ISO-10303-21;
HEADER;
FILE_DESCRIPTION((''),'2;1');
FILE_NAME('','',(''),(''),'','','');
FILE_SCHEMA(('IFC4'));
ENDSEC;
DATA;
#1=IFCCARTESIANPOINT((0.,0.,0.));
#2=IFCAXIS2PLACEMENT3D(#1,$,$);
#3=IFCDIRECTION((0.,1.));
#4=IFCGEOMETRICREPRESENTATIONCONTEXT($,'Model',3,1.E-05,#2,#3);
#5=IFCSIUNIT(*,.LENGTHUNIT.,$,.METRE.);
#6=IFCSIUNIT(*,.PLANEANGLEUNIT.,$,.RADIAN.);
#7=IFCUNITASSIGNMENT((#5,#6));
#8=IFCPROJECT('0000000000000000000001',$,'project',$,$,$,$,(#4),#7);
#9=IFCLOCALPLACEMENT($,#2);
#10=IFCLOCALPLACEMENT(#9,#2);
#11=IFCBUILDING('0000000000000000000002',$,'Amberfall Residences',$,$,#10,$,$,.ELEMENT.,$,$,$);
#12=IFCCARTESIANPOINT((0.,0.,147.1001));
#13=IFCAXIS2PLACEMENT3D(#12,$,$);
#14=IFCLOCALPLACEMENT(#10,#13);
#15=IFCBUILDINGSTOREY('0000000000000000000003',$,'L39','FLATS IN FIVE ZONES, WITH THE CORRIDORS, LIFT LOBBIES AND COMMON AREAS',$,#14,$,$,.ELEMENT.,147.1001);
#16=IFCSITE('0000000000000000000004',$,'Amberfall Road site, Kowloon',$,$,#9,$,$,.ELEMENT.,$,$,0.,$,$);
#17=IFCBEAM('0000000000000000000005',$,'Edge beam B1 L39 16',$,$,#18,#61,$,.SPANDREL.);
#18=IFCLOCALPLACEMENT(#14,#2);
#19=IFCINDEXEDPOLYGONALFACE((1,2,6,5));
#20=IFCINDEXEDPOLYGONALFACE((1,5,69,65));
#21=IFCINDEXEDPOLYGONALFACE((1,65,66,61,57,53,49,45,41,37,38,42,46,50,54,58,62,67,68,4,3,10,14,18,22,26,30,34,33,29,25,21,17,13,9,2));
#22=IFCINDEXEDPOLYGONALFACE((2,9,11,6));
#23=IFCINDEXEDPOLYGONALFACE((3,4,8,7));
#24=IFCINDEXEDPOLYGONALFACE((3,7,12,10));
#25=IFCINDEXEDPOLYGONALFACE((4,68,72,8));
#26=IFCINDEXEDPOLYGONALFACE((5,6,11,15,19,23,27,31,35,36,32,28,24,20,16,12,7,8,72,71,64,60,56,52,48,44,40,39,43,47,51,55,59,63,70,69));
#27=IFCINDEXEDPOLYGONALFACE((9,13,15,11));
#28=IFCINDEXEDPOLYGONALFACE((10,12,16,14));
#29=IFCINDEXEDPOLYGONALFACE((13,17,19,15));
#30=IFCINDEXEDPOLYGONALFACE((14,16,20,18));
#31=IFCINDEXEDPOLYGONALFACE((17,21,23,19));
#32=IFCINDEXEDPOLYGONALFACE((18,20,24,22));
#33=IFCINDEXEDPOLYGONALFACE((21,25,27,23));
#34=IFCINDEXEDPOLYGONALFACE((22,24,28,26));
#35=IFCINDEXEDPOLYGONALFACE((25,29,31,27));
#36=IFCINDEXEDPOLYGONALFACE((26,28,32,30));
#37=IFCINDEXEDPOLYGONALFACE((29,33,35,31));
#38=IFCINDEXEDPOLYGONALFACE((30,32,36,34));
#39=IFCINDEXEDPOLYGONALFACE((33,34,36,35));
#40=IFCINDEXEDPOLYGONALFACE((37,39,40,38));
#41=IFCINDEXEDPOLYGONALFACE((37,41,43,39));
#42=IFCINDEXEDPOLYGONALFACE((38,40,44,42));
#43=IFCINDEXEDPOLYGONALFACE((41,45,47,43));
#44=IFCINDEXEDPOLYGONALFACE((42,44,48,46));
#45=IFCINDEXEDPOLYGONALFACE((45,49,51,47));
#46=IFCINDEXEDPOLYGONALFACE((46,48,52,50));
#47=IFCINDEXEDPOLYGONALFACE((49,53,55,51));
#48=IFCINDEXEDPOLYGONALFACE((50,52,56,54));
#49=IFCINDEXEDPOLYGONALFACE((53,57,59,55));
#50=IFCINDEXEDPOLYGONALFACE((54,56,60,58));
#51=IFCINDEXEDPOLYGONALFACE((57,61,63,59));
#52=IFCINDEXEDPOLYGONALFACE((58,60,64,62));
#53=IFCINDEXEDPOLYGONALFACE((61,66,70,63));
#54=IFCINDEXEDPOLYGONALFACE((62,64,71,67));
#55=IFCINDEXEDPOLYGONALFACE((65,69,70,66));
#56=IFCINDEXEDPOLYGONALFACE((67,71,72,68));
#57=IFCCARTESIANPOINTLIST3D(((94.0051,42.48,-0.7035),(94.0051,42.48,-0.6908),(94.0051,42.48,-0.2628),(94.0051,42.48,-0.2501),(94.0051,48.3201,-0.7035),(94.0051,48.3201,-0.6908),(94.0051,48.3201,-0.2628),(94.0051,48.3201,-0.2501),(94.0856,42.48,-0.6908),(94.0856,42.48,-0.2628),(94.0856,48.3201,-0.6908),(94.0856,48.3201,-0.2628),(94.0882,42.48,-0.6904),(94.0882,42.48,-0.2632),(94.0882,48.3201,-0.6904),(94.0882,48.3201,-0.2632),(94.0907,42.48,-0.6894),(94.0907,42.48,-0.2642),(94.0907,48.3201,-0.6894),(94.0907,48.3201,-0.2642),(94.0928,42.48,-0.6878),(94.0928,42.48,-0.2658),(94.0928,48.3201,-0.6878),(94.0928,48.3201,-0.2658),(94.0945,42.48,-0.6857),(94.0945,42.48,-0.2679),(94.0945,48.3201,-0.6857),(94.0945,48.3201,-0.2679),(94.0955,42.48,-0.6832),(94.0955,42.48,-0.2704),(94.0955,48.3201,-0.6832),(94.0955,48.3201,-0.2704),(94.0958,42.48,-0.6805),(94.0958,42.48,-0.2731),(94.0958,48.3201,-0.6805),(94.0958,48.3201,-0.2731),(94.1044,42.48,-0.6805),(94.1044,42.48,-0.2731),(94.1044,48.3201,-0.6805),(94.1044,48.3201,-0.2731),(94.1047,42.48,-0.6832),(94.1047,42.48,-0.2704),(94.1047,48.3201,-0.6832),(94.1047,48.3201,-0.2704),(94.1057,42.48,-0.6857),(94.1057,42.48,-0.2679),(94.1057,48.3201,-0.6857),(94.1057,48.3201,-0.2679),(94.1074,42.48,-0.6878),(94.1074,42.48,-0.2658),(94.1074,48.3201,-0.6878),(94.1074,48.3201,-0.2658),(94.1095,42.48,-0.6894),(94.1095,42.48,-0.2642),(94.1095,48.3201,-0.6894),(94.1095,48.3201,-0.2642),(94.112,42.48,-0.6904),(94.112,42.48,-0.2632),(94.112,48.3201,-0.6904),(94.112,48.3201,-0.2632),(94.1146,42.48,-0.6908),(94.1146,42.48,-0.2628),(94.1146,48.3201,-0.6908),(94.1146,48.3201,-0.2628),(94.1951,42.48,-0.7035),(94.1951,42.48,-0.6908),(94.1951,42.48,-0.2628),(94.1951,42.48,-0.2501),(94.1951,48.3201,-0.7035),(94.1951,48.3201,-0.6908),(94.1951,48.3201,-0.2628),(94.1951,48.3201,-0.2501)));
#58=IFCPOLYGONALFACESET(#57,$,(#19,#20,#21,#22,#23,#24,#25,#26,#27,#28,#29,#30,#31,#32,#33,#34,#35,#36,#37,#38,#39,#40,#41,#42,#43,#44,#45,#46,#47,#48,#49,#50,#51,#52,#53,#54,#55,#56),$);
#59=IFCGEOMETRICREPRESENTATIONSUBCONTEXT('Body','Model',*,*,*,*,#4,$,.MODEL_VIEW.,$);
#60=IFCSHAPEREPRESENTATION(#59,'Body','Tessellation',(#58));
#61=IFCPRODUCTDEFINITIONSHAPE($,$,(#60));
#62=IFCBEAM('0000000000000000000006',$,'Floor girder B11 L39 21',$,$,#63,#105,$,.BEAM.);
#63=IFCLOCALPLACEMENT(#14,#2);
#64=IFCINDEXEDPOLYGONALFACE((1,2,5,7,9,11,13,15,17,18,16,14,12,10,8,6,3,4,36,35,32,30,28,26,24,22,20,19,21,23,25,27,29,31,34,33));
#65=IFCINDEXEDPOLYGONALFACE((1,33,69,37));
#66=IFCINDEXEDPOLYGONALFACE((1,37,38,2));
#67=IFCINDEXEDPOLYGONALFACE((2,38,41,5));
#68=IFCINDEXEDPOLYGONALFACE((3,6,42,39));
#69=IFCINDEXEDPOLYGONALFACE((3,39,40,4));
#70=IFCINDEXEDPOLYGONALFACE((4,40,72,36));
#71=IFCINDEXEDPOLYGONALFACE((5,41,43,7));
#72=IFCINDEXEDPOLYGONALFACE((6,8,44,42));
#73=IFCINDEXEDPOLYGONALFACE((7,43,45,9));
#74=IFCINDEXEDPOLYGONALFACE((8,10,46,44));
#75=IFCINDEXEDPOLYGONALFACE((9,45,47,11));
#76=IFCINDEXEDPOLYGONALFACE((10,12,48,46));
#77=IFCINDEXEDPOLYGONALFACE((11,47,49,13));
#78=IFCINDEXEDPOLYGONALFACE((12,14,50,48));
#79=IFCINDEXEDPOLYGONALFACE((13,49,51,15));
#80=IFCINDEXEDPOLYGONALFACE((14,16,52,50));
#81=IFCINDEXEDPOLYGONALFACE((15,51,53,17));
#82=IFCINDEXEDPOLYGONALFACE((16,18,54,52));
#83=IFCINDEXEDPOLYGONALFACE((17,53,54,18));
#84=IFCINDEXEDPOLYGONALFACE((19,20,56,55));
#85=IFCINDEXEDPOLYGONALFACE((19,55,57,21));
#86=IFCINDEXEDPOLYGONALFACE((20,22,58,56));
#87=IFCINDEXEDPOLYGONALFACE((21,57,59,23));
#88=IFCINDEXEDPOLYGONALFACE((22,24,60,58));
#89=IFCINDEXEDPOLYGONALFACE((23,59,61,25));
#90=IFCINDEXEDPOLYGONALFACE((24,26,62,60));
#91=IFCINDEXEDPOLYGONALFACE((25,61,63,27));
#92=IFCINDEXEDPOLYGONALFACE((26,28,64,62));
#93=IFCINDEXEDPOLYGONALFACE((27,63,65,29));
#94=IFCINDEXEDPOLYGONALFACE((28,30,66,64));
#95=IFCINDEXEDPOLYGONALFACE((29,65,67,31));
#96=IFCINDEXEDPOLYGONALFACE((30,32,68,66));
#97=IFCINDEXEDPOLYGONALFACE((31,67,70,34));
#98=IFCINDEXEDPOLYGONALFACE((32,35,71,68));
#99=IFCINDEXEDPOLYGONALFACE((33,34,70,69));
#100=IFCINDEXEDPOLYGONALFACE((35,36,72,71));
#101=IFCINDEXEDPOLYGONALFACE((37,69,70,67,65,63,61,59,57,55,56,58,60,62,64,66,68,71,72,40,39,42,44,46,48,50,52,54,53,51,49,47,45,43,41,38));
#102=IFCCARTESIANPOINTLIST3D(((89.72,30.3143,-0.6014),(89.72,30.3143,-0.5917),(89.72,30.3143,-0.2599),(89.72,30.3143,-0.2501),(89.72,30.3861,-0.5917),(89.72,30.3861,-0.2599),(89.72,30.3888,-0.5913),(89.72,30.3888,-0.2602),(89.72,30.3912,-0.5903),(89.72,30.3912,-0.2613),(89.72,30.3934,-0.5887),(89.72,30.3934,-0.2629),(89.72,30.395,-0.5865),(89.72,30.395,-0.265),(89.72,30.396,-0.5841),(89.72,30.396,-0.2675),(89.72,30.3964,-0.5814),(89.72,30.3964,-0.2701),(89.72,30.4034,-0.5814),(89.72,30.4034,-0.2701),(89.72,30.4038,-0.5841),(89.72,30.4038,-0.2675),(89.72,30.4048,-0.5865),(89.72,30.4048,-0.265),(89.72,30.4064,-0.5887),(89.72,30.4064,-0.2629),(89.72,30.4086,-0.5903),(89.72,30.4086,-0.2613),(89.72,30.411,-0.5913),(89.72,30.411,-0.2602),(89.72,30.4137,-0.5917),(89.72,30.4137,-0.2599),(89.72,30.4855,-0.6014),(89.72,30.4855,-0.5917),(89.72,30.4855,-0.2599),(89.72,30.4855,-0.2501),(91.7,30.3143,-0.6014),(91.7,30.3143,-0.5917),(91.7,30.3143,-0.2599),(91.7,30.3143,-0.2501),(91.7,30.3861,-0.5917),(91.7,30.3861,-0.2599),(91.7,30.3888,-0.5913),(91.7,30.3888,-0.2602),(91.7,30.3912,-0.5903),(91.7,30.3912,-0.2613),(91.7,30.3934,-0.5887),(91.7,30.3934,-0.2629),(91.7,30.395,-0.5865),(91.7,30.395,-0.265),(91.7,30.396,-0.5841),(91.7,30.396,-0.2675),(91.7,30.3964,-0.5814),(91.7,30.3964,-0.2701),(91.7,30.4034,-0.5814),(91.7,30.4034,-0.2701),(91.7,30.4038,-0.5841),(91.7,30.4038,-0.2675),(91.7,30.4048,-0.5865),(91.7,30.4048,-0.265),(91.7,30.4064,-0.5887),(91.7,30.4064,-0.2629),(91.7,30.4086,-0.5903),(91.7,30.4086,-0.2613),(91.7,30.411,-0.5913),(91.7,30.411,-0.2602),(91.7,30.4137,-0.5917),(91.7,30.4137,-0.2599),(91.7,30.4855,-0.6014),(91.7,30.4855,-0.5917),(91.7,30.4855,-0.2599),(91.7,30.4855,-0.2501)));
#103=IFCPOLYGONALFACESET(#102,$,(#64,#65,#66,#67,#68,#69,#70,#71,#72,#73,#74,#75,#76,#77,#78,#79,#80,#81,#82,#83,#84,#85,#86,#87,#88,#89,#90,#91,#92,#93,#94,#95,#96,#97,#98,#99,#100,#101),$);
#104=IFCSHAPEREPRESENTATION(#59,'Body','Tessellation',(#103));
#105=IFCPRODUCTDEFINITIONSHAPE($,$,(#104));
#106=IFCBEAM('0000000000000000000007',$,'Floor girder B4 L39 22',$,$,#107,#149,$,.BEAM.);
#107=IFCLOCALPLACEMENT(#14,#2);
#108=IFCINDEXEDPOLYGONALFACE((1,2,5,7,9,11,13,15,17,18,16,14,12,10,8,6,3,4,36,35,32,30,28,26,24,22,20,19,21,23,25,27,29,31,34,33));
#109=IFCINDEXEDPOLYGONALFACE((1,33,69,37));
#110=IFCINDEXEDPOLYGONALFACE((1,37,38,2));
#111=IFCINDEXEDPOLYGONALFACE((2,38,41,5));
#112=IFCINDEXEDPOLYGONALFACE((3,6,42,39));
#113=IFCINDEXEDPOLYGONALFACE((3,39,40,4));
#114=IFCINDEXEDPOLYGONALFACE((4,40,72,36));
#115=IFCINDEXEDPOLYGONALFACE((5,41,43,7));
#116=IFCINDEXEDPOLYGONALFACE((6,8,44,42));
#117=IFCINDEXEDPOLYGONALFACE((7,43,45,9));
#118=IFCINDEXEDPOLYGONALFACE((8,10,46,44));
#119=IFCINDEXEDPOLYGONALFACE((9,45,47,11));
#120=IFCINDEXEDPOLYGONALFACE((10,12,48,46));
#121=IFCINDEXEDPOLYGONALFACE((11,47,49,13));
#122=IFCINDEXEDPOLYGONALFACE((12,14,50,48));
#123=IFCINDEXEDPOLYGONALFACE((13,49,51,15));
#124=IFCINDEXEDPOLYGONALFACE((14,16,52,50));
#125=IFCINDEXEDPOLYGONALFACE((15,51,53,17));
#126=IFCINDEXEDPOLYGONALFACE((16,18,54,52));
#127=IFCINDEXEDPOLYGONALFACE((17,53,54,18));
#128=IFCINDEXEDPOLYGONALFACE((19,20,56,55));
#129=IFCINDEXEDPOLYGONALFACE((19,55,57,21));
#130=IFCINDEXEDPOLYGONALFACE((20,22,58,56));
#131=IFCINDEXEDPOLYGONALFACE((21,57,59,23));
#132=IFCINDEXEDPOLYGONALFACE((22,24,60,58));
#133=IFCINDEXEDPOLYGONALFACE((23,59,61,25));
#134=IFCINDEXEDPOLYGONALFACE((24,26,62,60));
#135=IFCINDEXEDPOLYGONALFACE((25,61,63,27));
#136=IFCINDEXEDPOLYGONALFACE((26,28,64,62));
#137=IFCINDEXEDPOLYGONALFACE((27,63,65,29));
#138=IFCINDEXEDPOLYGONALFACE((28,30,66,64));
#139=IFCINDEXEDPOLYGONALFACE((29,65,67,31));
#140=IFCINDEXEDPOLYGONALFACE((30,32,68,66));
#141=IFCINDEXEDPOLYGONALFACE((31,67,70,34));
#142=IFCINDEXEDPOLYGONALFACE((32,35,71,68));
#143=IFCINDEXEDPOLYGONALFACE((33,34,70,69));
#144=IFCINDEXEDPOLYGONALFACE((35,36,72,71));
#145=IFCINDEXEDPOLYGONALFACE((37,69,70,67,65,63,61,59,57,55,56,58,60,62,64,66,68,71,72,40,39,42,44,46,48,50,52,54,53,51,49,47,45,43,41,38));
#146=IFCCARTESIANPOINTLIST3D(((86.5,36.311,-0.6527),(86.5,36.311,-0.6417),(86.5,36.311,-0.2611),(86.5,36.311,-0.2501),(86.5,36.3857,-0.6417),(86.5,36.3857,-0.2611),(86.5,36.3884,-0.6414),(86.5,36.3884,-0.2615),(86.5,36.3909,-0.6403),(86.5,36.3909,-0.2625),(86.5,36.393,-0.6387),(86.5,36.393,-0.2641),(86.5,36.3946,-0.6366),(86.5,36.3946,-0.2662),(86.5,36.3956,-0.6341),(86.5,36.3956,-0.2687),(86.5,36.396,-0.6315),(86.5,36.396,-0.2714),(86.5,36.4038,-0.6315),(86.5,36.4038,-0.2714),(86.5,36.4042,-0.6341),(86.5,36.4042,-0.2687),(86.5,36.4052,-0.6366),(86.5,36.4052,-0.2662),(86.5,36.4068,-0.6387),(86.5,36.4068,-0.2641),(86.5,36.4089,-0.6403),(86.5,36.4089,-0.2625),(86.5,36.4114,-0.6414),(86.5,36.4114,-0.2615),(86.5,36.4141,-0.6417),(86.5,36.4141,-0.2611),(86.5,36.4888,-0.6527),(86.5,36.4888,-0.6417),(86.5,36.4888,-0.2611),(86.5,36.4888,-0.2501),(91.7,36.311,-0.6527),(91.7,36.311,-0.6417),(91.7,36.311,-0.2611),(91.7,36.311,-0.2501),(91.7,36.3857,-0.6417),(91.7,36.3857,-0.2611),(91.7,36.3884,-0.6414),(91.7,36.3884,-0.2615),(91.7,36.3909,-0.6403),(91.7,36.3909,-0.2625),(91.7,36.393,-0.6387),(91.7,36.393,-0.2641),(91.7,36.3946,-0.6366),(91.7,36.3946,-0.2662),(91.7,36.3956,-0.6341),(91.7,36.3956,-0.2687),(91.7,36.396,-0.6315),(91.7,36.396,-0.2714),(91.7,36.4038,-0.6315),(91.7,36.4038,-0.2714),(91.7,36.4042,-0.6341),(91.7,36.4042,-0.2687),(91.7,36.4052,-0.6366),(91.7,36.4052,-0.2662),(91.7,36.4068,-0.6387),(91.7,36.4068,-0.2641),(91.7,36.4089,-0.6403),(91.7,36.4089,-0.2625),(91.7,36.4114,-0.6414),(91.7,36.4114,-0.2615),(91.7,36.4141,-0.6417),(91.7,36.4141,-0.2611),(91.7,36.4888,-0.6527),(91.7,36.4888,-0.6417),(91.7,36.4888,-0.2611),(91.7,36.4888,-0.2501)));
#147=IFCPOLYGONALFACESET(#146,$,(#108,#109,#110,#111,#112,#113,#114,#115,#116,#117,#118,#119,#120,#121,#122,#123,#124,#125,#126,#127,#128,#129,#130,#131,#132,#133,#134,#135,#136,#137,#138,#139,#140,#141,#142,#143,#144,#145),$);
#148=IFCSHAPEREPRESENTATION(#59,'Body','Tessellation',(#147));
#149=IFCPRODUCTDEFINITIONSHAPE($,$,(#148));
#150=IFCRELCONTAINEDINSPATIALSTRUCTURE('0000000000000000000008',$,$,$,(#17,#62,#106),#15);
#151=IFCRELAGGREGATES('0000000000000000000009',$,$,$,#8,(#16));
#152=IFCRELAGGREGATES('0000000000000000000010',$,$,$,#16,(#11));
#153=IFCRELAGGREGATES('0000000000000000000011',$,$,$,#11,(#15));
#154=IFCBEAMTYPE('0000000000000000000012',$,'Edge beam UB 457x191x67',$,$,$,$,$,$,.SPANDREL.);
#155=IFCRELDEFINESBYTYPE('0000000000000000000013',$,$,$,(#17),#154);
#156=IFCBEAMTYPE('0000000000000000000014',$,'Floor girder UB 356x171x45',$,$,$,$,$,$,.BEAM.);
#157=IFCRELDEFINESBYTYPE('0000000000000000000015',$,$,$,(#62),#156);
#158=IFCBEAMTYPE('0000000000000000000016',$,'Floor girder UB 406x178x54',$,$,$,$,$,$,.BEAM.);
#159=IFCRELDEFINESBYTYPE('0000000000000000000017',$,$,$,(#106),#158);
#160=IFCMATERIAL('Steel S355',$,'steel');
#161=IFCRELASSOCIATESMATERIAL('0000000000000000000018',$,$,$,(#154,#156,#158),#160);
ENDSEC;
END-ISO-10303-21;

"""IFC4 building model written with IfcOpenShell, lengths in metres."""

from ifc_helpers import new_model, si_unit, direction, frame, origin, origin_2d, place, context, subcontext, project, spatial, i_section, extrude, material, material_profile, profile_set, type_object, element, save


model = new_model("IFC4")

# Units and contexts
model_context = context("Model", 3, precision=1e-05, world=origin(), true_north=direction((0.0, 1.0)))
body_context = subcontext(model_context, "Body", "Model", "MODEL_VIEW")
ifc_project = project(units=[si_unit("LENGTHUNIT", "METRE"), si_unit("PLANEANGLEUNIT", "RADIAN")], contexts=[model_context])

# Site, building, storey
site_placement = place(None, origin())
site = spatial("IfcSite", under=ifc_project, at=site_placement, Name="Amberfall Road site, Kowloon", CompositionType="ELEMENT", RefElevation=0.0)
building_placement = place(site_placement, origin())
building = spatial("IfcBuilding", under=site, at=building_placement, Name="Amberfall Residences", CompositionType="ELEMENT")
storey_placement = place(building_placement, frame((0.0, 0.0, 147.1001)))
storey = spatial("IfcBuildingStorey", under=building, at=storey_placement, Name="L39", Description="FLATS IN FIVE ZONES, WITH THE CORRIDORS, LIFT LOBBIES AND COMMON AREAS", CompositionType="ELEMENT", Elevation=147.1001)

# Beams
ifc_material_1 = material(Name="Steel S355", Category="steel")
ifc_material_profile_1 = material_profile(ifc_material_1, i_section(OverallWidth=0.1899, OverallDepth=0.4534, WebThickness=0.0085, FlangeThickness=0.0127, FilletRadius=0.0103, at=origin_2d()), Name="UB 457x191x67")
ifc_profile_set_1 = profile_set([ifc_material_profile_1], Name="Steel S355")
beam_type_1 = type_object("IfcBeamType", Name="Edge beam UB 457x191x67", PredefinedType="SPANDREL", material=ifc_profile_set_1)
beam_1_placement = place(storey_placement, frame((94.1001, 42.48, -0.4768), z_axis=(0.0, 1.0, 0.0), x_axis=(-1.0, 0.0, 0.0)))
element("IfcBeam", 1, at=beam_1_placement, inside=storey, type_object=beam_type_1, Name="Edge beam B1 L39 16", PredefinedType="SPANDREL", context=body_context, shape_type="SweptSolid", body=[
    extrude(i_section(OverallWidth=0.1899, OverallDepth=0.4534, WebThickness=0.0085, FlangeThickness=0.0127, FilletRadius=0.0103, at=origin_2d()), origin(), (0.0, 0.0, 1.0), 5.8401),
])
ifc_material_profile_2 = material_profile(ifc_material_1, i_section(OverallWidth=0.1711, OverallDepth=0.3513, WebThickness=0.0071, FlangeThickness=0.0098, FilletRadius=0.0103, at=origin_2d()), Name="UB 356x171x45")
ifc_profile_set_2 = profile_set([ifc_material_profile_2], Name="Steel S355")
beam_type_2 = type_object("IfcBeamType", Name="Floor girder UB 356x171x45", PredefinedType="BEAM", material=ifc_profile_set_2)
beam_2_placement = place(storey_placement, frame((91.7, 30.3999, -0.4258), z_axis=(-1.0, 0.0, 0.0), x_axis=(0.0, -1.0, 0.0)))
element("IfcBeam", 2, at=beam_2_placement, inside=storey, type_object=beam_type_2, Name="Floor girder B11 L39 21", PredefinedType="BEAM", context=body_context, shape_type="SweptSolid", body=[
    extrude(i_section(OverallWidth=0.1711, OverallDepth=0.3513, WebThickness=0.0071, FlangeThickness=0.0098, FilletRadius=0.0103, at=origin_2d()), origin(), (0.0, 0.0, 1.0), 1.98),
])
ifc_material_profile_3 = material_profile(ifc_material_1, i_section(OverallWidth=0.1777, OverallDepth=0.4026, WebThickness=0.0078, FlangeThickness=0.011, FilletRadius=0.0103, at=origin_2d()), Name="UB 406x178x54")
ifc_profile_set_3 = profile_set([ifc_material_profile_3], Name="Steel S355")
beam_type_3 = type_object("IfcBeamType", Name="Floor girder UB 406x178x54", PredefinedType="BEAM", material=ifc_profile_set_3)
beam_3_placement = place(storey_placement, frame((91.7, 36.3999, -0.4514), z_axis=(-1.0, 0.0, 0.0), x_axis=(0.0, -1.0, 0.0)))
element("IfcBeam", 3, at=beam_3_placement, inside=storey, type_object=beam_type_3, Name="Floor girder B4 L39 22", PredefinedType="BEAM", context=body_context, shape_type="SweptSolid", body=[
    extrude(i_section(OverallWidth=0.1777, OverallDepth=0.4026, WebThickness=0.0078, FlangeThickness=0.011, FilletRadius=0.0103, at=origin_2d()), origin(), (0.0, 0.0, 1.0), 5.2),
])

save(model, "model.ifc")
